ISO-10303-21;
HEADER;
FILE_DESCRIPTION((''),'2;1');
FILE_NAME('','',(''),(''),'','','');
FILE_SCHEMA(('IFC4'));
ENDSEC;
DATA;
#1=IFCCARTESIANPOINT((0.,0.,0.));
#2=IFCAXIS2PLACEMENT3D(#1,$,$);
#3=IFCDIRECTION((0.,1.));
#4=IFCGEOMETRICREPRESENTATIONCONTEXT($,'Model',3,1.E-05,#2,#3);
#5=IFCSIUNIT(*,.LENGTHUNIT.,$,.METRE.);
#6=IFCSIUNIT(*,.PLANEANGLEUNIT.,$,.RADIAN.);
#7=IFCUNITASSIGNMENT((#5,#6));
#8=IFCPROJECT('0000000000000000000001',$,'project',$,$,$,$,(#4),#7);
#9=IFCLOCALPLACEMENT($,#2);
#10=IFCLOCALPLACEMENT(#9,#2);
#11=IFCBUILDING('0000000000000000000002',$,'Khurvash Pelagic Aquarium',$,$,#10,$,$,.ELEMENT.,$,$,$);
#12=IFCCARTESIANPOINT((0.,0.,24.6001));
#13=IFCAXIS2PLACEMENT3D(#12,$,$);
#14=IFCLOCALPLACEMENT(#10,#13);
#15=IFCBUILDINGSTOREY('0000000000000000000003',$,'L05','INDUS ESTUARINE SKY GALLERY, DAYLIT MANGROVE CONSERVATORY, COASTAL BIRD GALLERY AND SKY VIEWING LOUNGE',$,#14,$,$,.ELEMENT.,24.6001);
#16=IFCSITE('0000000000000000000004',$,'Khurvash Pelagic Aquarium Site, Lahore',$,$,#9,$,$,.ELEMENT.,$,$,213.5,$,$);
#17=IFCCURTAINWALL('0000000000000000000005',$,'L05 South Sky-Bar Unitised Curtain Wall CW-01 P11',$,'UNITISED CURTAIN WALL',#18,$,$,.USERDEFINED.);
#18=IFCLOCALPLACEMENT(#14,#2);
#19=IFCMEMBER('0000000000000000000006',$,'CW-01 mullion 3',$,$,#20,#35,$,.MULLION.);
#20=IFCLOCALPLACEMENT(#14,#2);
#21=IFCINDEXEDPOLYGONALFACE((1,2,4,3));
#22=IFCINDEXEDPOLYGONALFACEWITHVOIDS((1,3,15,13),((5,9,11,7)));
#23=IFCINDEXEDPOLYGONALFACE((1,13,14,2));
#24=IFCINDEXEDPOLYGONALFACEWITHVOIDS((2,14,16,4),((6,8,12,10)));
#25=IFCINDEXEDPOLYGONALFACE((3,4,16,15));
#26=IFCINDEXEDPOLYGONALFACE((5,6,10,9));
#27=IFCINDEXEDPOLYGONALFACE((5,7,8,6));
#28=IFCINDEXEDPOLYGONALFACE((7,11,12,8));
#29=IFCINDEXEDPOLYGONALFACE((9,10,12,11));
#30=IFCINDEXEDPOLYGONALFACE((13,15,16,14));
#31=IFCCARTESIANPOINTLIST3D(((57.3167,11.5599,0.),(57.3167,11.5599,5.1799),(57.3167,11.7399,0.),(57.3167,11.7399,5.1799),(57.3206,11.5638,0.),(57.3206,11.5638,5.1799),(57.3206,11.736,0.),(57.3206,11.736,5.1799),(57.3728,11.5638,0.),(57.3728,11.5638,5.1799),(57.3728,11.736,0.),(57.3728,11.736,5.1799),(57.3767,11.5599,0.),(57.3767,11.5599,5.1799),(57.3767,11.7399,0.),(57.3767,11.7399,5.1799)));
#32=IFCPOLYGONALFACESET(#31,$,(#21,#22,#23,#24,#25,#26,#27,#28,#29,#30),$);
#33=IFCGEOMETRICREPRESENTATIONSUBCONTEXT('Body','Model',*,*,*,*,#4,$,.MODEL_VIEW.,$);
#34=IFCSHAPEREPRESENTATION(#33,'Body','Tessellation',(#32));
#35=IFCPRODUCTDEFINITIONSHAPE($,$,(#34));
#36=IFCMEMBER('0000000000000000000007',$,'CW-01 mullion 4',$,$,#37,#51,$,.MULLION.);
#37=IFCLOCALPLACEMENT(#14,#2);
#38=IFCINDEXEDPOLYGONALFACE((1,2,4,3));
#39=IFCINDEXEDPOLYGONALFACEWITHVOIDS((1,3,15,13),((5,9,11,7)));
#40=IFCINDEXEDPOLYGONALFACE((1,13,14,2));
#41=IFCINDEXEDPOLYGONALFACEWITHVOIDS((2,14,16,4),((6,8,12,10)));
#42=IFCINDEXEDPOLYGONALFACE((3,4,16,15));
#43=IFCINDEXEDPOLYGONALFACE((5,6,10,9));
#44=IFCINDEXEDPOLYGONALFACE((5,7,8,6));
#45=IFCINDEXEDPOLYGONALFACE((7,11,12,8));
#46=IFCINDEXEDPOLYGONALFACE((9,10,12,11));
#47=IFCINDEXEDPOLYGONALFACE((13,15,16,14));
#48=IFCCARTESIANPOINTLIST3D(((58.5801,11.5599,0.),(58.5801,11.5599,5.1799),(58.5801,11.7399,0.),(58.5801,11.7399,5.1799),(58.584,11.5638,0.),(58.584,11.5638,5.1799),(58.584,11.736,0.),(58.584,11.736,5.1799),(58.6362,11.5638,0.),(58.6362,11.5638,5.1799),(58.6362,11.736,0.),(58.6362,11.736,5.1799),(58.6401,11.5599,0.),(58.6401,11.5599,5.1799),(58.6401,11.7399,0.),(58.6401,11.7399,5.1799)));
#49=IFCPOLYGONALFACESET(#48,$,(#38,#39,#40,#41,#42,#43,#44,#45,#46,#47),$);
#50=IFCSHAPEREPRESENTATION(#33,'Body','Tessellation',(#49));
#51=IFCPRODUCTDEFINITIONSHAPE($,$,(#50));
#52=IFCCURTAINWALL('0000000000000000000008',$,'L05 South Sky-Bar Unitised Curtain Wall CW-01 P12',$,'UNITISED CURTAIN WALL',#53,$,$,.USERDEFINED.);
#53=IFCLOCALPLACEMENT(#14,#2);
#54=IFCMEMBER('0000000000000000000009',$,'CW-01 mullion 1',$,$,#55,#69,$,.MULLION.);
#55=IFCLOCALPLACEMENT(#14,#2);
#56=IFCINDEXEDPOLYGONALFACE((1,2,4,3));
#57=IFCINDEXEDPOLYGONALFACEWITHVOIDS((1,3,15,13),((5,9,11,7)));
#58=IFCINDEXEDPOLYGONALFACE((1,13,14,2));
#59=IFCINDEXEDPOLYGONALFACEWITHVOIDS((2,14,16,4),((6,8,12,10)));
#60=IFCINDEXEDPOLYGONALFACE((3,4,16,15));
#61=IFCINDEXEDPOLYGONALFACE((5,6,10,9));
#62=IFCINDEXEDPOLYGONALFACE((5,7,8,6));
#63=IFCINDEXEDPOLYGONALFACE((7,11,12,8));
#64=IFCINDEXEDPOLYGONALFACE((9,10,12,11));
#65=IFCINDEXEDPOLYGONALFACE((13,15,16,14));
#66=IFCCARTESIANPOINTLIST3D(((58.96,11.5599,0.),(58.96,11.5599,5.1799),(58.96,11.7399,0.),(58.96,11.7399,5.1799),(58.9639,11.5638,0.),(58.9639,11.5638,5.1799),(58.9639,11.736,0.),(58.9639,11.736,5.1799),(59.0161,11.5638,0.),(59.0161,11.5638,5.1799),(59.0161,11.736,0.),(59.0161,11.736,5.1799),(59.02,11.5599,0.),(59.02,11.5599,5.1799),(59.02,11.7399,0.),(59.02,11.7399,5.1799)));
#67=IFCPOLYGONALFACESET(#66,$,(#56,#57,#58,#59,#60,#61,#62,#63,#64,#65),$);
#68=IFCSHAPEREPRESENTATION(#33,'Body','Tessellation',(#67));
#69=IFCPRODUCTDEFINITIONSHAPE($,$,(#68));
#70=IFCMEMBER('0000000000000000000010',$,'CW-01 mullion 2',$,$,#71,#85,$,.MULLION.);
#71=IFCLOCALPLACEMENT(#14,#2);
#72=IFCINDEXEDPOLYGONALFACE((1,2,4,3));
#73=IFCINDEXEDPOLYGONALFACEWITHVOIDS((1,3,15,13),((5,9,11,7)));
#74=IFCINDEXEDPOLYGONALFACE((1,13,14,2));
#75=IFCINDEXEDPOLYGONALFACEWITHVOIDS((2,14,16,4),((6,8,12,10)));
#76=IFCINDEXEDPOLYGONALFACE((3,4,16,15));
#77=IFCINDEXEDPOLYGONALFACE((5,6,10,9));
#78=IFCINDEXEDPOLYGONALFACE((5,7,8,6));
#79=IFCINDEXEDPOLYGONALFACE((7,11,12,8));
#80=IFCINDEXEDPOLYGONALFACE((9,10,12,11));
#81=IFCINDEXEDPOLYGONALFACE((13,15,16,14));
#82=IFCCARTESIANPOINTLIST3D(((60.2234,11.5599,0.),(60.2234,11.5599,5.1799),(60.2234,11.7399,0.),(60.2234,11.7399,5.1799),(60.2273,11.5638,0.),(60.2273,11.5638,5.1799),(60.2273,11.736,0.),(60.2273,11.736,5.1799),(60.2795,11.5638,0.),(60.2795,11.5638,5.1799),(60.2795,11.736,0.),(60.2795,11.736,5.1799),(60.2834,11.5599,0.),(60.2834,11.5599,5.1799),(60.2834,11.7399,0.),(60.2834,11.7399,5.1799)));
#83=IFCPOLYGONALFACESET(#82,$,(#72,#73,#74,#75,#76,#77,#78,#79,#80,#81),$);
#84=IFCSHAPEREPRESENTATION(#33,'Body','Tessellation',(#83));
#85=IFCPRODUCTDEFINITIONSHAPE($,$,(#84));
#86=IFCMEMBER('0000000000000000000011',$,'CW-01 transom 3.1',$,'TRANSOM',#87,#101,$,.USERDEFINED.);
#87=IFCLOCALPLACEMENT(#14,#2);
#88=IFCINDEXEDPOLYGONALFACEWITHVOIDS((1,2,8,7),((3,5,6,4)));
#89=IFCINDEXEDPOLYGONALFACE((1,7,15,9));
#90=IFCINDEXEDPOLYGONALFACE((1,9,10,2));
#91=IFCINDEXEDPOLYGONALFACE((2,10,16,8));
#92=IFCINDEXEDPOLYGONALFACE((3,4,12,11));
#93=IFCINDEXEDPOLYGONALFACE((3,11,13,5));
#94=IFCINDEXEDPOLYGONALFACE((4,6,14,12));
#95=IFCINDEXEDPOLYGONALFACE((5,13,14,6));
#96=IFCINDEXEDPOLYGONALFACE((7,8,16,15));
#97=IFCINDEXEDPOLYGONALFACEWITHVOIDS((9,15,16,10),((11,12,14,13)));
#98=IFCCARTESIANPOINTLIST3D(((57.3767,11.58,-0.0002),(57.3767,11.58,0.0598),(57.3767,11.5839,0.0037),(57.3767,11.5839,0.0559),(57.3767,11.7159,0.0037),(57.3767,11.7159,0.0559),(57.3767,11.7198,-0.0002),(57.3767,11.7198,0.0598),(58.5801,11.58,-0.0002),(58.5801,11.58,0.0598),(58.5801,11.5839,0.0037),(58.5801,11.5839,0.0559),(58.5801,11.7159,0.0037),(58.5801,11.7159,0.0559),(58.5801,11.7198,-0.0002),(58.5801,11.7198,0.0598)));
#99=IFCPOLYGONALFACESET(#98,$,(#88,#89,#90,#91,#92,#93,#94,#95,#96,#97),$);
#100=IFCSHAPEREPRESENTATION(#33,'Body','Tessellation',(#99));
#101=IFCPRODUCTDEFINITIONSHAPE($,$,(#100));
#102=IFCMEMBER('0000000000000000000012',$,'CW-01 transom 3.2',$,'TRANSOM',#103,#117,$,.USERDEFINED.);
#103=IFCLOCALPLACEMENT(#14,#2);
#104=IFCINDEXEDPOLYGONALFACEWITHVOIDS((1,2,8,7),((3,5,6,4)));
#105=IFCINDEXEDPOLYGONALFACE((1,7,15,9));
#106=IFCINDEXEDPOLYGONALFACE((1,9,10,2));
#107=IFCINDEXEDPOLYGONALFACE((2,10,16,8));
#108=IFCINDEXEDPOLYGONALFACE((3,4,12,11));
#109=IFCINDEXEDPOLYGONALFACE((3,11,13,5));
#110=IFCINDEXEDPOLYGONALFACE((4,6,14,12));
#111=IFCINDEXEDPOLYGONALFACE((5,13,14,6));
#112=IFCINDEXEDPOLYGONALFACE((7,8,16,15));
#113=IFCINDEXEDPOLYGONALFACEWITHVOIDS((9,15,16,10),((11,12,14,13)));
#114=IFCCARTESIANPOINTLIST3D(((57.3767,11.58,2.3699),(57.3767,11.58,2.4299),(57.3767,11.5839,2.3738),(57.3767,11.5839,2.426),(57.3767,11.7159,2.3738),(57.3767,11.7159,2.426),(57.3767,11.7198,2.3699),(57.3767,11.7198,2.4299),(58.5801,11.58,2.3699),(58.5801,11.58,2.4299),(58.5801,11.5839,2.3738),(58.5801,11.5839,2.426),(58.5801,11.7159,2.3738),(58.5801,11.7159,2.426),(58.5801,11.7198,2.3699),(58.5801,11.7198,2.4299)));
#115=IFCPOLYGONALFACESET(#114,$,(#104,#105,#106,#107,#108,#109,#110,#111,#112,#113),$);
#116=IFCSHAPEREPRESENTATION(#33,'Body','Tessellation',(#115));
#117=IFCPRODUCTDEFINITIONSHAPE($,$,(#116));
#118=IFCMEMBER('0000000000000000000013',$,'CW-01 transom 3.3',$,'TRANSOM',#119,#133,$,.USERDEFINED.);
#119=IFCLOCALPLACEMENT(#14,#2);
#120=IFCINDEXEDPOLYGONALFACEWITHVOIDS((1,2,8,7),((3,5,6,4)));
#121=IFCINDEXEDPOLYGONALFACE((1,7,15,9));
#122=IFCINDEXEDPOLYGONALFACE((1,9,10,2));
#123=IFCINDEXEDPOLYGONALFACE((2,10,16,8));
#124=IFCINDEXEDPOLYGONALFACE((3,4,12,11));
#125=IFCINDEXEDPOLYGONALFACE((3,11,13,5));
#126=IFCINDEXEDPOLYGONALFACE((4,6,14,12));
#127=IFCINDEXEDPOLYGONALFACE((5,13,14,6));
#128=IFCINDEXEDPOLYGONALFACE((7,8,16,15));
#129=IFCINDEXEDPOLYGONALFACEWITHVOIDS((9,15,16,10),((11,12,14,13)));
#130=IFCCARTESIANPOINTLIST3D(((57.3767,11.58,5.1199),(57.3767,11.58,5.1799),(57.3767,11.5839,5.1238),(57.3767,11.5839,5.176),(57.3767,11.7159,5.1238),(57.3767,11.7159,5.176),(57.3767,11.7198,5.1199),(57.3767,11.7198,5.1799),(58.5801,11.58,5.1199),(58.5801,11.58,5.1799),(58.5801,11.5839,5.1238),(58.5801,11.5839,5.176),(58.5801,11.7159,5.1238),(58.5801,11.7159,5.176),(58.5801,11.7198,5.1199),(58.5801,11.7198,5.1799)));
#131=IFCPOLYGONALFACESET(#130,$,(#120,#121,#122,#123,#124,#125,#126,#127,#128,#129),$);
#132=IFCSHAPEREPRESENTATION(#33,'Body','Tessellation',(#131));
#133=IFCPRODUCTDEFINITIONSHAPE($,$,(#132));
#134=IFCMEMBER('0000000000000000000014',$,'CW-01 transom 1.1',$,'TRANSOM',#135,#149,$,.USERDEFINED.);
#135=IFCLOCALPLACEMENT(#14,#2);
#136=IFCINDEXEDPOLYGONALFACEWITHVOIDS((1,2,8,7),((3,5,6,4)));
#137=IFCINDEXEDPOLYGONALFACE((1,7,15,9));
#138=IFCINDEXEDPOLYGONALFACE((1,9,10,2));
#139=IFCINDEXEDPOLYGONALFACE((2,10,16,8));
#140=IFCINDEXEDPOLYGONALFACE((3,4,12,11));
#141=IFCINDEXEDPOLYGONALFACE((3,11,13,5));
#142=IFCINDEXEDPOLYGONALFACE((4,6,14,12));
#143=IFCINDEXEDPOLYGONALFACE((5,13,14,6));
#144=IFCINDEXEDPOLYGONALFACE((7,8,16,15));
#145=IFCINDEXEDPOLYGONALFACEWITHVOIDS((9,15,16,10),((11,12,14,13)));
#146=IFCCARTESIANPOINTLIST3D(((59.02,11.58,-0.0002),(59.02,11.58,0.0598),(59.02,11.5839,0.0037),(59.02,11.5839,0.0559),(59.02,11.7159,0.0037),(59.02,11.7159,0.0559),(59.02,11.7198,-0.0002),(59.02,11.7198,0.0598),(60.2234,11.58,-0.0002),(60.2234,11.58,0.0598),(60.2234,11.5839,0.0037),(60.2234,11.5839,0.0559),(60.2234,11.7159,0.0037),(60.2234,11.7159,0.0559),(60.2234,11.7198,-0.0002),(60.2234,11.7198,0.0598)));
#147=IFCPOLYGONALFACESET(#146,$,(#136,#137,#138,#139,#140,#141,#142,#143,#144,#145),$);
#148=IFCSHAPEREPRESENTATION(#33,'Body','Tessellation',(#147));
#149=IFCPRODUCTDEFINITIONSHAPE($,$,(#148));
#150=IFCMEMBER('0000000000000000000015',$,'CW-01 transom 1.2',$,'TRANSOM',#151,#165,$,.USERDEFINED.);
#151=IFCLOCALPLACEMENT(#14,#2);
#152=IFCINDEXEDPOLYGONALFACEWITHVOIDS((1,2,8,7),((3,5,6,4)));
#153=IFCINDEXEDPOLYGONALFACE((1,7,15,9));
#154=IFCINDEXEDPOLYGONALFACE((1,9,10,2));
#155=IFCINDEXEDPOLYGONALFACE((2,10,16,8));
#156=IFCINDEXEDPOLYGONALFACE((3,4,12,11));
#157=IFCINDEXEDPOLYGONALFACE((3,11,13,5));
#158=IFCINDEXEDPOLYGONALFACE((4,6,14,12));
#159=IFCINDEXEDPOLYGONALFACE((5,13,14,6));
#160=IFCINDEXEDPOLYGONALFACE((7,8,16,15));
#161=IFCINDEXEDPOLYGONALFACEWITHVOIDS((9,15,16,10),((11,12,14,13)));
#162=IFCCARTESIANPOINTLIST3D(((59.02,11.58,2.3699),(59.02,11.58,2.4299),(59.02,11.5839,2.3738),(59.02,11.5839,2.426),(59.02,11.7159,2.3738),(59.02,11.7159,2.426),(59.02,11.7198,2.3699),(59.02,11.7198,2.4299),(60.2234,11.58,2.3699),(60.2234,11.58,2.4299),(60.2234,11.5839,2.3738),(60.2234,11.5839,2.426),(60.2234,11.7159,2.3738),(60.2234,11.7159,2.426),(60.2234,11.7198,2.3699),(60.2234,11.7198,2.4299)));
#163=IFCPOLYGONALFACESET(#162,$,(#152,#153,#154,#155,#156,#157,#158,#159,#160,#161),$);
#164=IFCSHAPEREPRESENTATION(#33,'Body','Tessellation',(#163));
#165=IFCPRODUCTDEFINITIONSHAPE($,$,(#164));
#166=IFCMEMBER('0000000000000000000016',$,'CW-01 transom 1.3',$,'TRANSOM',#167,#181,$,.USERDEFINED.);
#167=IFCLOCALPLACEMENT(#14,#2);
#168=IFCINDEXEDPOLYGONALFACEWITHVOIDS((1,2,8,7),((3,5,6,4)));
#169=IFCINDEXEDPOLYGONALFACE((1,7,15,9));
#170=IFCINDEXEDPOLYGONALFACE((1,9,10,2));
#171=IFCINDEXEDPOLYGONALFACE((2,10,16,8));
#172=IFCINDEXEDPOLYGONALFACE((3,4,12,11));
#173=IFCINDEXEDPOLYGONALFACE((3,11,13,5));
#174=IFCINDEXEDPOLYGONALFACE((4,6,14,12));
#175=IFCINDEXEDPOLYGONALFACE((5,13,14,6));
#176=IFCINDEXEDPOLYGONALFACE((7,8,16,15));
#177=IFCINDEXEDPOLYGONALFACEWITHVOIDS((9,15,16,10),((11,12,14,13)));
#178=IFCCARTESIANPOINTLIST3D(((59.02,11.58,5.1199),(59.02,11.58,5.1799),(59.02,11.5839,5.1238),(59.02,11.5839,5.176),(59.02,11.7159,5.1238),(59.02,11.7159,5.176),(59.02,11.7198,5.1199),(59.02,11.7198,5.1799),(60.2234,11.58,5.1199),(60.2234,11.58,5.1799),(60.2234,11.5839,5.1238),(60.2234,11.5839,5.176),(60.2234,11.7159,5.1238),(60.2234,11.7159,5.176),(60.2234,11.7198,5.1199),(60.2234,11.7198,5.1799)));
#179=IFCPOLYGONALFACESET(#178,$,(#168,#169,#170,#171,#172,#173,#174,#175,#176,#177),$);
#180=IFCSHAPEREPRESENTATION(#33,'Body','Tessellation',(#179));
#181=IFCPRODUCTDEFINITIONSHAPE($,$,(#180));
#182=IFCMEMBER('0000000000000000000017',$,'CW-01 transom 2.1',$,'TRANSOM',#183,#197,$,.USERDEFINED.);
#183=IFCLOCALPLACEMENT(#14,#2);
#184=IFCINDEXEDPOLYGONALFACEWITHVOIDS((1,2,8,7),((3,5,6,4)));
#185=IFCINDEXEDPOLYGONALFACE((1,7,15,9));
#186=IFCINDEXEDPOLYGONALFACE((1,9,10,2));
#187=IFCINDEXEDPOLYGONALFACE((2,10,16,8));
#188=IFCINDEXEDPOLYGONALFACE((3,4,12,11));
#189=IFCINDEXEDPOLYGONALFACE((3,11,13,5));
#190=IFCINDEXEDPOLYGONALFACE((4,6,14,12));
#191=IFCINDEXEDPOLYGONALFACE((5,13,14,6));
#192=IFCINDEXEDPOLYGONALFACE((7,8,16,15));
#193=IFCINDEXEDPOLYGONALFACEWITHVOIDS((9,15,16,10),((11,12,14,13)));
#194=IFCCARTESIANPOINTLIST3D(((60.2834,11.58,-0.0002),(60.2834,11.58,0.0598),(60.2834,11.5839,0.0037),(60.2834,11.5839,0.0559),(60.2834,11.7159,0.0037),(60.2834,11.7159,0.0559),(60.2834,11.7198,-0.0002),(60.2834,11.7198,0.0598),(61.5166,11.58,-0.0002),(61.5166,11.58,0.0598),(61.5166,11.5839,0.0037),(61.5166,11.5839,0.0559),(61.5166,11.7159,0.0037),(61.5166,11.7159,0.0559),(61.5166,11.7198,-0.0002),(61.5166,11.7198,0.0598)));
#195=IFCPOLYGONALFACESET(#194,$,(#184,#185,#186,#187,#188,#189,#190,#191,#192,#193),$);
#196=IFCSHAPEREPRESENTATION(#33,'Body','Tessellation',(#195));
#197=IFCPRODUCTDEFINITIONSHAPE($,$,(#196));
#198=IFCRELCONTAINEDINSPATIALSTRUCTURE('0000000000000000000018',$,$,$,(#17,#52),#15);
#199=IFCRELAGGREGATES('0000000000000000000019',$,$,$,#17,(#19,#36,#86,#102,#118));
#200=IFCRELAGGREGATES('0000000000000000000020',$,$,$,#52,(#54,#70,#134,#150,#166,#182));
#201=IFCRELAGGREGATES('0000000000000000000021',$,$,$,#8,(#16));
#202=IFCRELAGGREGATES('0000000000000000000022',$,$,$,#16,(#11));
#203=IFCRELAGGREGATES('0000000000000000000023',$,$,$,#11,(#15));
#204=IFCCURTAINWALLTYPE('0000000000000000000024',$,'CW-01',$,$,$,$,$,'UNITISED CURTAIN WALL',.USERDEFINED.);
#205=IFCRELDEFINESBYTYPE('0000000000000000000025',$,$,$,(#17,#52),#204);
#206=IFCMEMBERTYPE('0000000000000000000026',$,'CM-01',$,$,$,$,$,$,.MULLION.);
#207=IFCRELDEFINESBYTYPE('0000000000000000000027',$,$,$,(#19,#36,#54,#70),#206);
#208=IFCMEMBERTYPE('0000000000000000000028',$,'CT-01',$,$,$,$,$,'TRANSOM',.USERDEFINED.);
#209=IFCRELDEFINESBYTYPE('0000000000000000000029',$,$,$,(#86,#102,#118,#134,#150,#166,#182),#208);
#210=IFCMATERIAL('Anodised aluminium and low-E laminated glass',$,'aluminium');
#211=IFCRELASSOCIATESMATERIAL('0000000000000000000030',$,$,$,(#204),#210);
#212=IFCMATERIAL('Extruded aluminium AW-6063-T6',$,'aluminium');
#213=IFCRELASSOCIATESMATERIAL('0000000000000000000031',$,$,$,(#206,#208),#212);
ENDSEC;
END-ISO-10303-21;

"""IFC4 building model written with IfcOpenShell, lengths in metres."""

from ifc_helpers import new_model, si_unit, direction, frame, origin, origin_2d, place, context, subcontext, project, spatial, hollow_rectangle, extrude, material, material_profile, profile_set, type_object, element, aggregate, save


model = new_model("IFC4")

# Units and contexts
model_context = context("Model", 3, precision=1e-05, world=origin(), true_north=direction((0.0, 1.0)))
body_context = subcontext(model_context, "Body", "Model", "MODEL_VIEW")
ifc_project = project(units=[si_unit("LENGTHUNIT", "METRE"), si_unit("PLANEANGLEUNIT", "RADIAN")], contexts=[model_context])

# Site, building, storey
site_placement = place(None, origin())
site = spatial("IfcSite", under=ifc_project, at=site_placement, Name="Khurvash Pelagic Aquarium Site, Lahore", CompositionType="ELEMENT", RefElevation=213.5)
building_placement = place(site_placement, origin())
building = spatial("IfcBuilding", under=site, at=building_placement, Name="Khurvash Pelagic Aquarium", CompositionType="ELEMENT")
storey_placement = place(building_placement, frame((0.0, 0.0, 24.6001)))
storey = spatial("IfcBuildingStorey", under=building, at=storey_placement, Name="L05", Description="INDUS ESTUARINE SKY GALLERY, DAYLIT MANGROVE CONSERVATORY, COASTAL BIRD GALLERY AND SKY VIEWING LOUNGE", CompositionType="ELEMENT", Elevation=24.6001)

# Curtain walls, members
ifc_material_1 = material(Name="Anodised aluminium and low-E laminated glass", Category="aluminium")
curtain_wall_type = type_object("IfcCurtainWallType", Name="CW-01", ElementType="UNITISED CURTAIN WALL", PredefinedType="USERDEFINED", material=ifc_material_1)
curtain_wall_1_placement = place(storey_placement, origin())
curtain_wall_1 = element("IfcCurtainWall", 1, at=curtain_wall_1_placement, inside=storey, type_object=curtain_wall_type, Name="L05 South Sky-Bar Unitised Curtain Wall CW-01 P11", ObjectType="UNITISED CURTAIN WALL", PredefinedType="USERDEFINED")
ifc_material_2 = material(Name="Extruded aluminium AW-6063-T6", Category="aluminium")
ifc_material_profile_1 = material_profile(ifc_material_2, hollow_rectangle(XDim=0.0601, YDim=0.1799, WallThickness=0.0039, at=origin_2d()), Name="CWM60X180X4")
ifc_profile_set_1 = profile_set([ifc_material_profile_1], Name="Extruded aluminium AW-6063-T6")
member_type_1 = type_object("IfcMemberType", Name="CM-01", PredefinedType="MULLION", material=ifc_profile_set_1)
member_1_placement = place(storey_placement, frame((57.3467, 11.6499, 0.0), z_axis=(0.0, 0.0, 1.0), x_axis=(1.0, 0.0, 0.0)))
member_1 = element("IfcMember", 2, at=member_1_placement, type_object=member_type_1, Name="CW-01 mullion 3", PredefinedType="MULLION", context=body_context, shape_type="SweptSolid", body=[
    extrude(hollow_rectangle(XDim=0.0601, YDim=0.1799, WallThickness=0.0039, at=origin_2d()), origin(), (0.0, 0.0, 1.0), 5.1799),
])
member_2_placement = place(storey_placement, frame((58.6101, 11.6499, 0.0), z_axis=(0.0, 0.0, 1.0), x_axis=(1.0, 0.0, 0.0)))
member_2 = element("IfcMember", 3, at=member_2_placement, type_object=member_type_1, Name="CW-01 mullion 4", PredefinedType="MULLION", context=body_context, shape_type="SweptSolid", body=[
    extrude(hollow_rectangle(XDim=0.0601, YDim=0.1799, WallThickness=0.0039, at=origin_2d()), origin(), (0.0, 0.0, 1.0), 5.1799),
])
curtain_wall_2_placement = place(storey_placement, origin())
curtain_wall_2 = element("IfcCurtainWall", 4, at=curtain_wall_2_placement, inside=storey, type_object=curtain_wall_type, Name="L05 South Sky-Bar Unitised Curtain Wall CW-01 P12", ObjectType="UNITISED CURTAIN WALL", PredefinedType="USERDEFINED")
member_3_placement = place(storey_placement, frame((58.99, 11.6499, 0.0), z_axis=(0.0, 0.0, 1.0), x_axis=(1.0, 0.0, 0.0)))
member_3 = element("IfcMember", 5, at=member_3_placement, type_object=member_type_1, Name="CW-01 mullion 1", PredefinedType="MULLION", context=body_context, shape_type="SweptSolid", body=[
    extrude(hollow_rectangle(XDim=0.0601, YDim=0.1799, WallThickness=0.0039, at=origin_2d()), origin(), (0.0, 0.0, 1.0), 5.1799),
])
member_4_placement = place(storey_placement, frame((60.2534, 11.6499, 0.0), z_axis=(0.0, 0.0, 1.0), x_axis=(1.0, 0.0, 0.0)))
member_4 = element("IfcMember", 6, at=member_4_placement, type_object=member_type_1, Name="CW-01 mullion 2", PredefinedType="MULLION", context=body_context, shape_type="SweptSolid", body=[
    extrude(hollow_rectangle(XDim=0.0601, YDim=0.1799, WallThickness=0.0039, at=origin_2d()), origin(), (0.0, 0.0, 1.0), 5.1799),
])

# Members
ifc_material_profile_2 = material_profile(ifc_material_2, hollow_rectangle(XDim=0.1399, YDim=0.0601, WallThickness=0.0039, at=origin_2d()), Name="CWT140X60X4")
ifc_profile_set_2 = profile_set([ifc_material_profile_2], Name="Extruded aluminium AW-6063-T6")
member_type_2 = type_object("IfcMemberType", Name="CT-01", ElementType="TRANSOM", PredefinedType="USERDEFINED", material=ifc_profile_set_2)
member_5_placement = place(storey_placement, frame((57.3767, 11.6499, 0.0298), z_axis=(1.0, 0.0, 0.0), x_axis=(0.0, 1.0, 0.0)))
member_5 = element("IfcMember", 7, at=member_5_placement, type_object=member_type_2, Name="CW-01 transom 3.1", ObjectType="TRANSOM", PredefinedType="USERDEFINED", context=body_context, shape_type="SweptSolid", body=[
    extrude(hollow_rectangle(XDim=0.1399, YDim=0.0601, WallThickness=0.0039, at=origin_2d()), origin(), (0.0, 0.0, 1.0), 1.2034),
])
member_6_placement = place(storey_placement, frame((57.3767, 11.6499, 2.3999), z_axis=(1.0, 0.0, 0.0), x_axis=(0.0, 1.0, 0.0)))
member_6 = element("IfcMember", 8, at=member_6_placement, type_object=member_type_2, Name="CW-01 transom 3.2", ObjectType="TRANSOM", PredefinedType="USERDEFINED", context=body_context, shape_type="SweptSolid", body=[
    extrude(hollow_rectangle(XDim=0.1399, YDim=0.0601, WallThickness=0.0039, at=origin_2d()), origin(), (0.0, 0.0, 1.0), 1.2034),
])
member_7_placement = place(storey_placement, frame((57.3767, 11.6499, 5.1499), z_axis=(1.0, 0.0, 0.0), x_axis=(0.0, 1.0, 0.0)))
member_7 = element("IfcMember", 9, at=member_7_placement, type_object=member_type_2, Name="CW-01 transom 3.3", ObjectType="TRANSOM", PredefinedType="USERDEFINED", context=body_context, shape_type="SweptSolid", body=[
    extrude(hollow_rectangle(XDim=0.1399, YDim=0.0601, WallThickness=0.0039, at=origin_2d()), origin(), (0.0, 0.0, 1.0), 1.2034),
])
member_8_placement = place(storey_placement, frame((59.02, 11.6499, 0.0298), z_axis=(1.0, 0.0, 0.0), x_axis=(0.0, 1.0, 0.0)))
member_8 = element("IfcMember", 10, at=member_8_placement, type_object=member_type_2, Name="CW-01 transom 1.1", ObjectType="TRANSOM", PredefinedType="USERDEFINED", context=body_context, shape_type="SweptSolid", body=[
    extrude(hollow_rectangle(XDim=0.1399, YDim=0.0601, WallThickness=0.0039, at=origin_2d()), origin(), (0.0, 0.0, 1.0), 1.2034),
])
member_9_placement = place(storey_placement, frame((59.02, 11.6499, 2.3999), z_axis=(1.0, 0.0, 0.0), x_axis=(0.0, 1.0, 0.0)))
member_9 = element("IfcMember", 11, at=member_9_placement, type_object=member_type_2, Name="CW-01 transom 1.2", ObjectType="TRANSOM", PredefinedType="USERDEFINED", context=body_context, shape_type="SweptSolid", body=[
    extrude(hollow_rectangle(XDim=0.1399, YDim=0.0601, WallThickness=0.0039, at=origin_2d()), origin(), (0.0, 0.0, 1.0), 1.2034),
])
member_10_placement = place(storey_placement, frame((59.02, 11.6499, 5.1499), z_axis=(1.0, 0.0, 0.0), x_axis=(0.0, 1.0, 0.0)))
member_10 = element("IfcMember", 12, at=member_10_placement, type_object=member_type_2, Name="CW-01 transom 1.3", ObjectType="TRANSOM", PredefinedType="USERDEFINED", context=body_context, shape_type="SweptSolid", body=[
    extrude(hollow_rectangle(XDim=0.1399, YDim=0.0601, WallThickness=0.0039, at=origin_2d()), origin(), (0.0, 0.0, 1.0), 1.2034),
])
member_11_placement = place(storey_placement, frame((60.2834, 11.6499, 0.0298), z_axis=(1.0, 0.0, 0.0), x_axis=(0.0, 1.0, 0.0)))
member_11 = element("IfcMember", 13, at=member_11_placement, type_object=member_type_2, Name="CW-01 transom 2.1", ObjectType="TRANSOM", PredefinedType="USERDEFINED", context=body_context, shape_type="SweptSolid", body=[
    extrude(hollow_rectangle(XDim=0.1399, YDim=0.0601, WallThickness=0.0039, at=origin_2d()), origin(), (0.0, 0.0, 1.0), 1.2332),
])

aggregate(curtain_wall_1, [member_1, member_2, member_5, member_6, member_7])
aggregate(curtain_wall_2, [member_3, member_4, member_8, member_9, member_10, member_11])

save(model, "model.ifc")
